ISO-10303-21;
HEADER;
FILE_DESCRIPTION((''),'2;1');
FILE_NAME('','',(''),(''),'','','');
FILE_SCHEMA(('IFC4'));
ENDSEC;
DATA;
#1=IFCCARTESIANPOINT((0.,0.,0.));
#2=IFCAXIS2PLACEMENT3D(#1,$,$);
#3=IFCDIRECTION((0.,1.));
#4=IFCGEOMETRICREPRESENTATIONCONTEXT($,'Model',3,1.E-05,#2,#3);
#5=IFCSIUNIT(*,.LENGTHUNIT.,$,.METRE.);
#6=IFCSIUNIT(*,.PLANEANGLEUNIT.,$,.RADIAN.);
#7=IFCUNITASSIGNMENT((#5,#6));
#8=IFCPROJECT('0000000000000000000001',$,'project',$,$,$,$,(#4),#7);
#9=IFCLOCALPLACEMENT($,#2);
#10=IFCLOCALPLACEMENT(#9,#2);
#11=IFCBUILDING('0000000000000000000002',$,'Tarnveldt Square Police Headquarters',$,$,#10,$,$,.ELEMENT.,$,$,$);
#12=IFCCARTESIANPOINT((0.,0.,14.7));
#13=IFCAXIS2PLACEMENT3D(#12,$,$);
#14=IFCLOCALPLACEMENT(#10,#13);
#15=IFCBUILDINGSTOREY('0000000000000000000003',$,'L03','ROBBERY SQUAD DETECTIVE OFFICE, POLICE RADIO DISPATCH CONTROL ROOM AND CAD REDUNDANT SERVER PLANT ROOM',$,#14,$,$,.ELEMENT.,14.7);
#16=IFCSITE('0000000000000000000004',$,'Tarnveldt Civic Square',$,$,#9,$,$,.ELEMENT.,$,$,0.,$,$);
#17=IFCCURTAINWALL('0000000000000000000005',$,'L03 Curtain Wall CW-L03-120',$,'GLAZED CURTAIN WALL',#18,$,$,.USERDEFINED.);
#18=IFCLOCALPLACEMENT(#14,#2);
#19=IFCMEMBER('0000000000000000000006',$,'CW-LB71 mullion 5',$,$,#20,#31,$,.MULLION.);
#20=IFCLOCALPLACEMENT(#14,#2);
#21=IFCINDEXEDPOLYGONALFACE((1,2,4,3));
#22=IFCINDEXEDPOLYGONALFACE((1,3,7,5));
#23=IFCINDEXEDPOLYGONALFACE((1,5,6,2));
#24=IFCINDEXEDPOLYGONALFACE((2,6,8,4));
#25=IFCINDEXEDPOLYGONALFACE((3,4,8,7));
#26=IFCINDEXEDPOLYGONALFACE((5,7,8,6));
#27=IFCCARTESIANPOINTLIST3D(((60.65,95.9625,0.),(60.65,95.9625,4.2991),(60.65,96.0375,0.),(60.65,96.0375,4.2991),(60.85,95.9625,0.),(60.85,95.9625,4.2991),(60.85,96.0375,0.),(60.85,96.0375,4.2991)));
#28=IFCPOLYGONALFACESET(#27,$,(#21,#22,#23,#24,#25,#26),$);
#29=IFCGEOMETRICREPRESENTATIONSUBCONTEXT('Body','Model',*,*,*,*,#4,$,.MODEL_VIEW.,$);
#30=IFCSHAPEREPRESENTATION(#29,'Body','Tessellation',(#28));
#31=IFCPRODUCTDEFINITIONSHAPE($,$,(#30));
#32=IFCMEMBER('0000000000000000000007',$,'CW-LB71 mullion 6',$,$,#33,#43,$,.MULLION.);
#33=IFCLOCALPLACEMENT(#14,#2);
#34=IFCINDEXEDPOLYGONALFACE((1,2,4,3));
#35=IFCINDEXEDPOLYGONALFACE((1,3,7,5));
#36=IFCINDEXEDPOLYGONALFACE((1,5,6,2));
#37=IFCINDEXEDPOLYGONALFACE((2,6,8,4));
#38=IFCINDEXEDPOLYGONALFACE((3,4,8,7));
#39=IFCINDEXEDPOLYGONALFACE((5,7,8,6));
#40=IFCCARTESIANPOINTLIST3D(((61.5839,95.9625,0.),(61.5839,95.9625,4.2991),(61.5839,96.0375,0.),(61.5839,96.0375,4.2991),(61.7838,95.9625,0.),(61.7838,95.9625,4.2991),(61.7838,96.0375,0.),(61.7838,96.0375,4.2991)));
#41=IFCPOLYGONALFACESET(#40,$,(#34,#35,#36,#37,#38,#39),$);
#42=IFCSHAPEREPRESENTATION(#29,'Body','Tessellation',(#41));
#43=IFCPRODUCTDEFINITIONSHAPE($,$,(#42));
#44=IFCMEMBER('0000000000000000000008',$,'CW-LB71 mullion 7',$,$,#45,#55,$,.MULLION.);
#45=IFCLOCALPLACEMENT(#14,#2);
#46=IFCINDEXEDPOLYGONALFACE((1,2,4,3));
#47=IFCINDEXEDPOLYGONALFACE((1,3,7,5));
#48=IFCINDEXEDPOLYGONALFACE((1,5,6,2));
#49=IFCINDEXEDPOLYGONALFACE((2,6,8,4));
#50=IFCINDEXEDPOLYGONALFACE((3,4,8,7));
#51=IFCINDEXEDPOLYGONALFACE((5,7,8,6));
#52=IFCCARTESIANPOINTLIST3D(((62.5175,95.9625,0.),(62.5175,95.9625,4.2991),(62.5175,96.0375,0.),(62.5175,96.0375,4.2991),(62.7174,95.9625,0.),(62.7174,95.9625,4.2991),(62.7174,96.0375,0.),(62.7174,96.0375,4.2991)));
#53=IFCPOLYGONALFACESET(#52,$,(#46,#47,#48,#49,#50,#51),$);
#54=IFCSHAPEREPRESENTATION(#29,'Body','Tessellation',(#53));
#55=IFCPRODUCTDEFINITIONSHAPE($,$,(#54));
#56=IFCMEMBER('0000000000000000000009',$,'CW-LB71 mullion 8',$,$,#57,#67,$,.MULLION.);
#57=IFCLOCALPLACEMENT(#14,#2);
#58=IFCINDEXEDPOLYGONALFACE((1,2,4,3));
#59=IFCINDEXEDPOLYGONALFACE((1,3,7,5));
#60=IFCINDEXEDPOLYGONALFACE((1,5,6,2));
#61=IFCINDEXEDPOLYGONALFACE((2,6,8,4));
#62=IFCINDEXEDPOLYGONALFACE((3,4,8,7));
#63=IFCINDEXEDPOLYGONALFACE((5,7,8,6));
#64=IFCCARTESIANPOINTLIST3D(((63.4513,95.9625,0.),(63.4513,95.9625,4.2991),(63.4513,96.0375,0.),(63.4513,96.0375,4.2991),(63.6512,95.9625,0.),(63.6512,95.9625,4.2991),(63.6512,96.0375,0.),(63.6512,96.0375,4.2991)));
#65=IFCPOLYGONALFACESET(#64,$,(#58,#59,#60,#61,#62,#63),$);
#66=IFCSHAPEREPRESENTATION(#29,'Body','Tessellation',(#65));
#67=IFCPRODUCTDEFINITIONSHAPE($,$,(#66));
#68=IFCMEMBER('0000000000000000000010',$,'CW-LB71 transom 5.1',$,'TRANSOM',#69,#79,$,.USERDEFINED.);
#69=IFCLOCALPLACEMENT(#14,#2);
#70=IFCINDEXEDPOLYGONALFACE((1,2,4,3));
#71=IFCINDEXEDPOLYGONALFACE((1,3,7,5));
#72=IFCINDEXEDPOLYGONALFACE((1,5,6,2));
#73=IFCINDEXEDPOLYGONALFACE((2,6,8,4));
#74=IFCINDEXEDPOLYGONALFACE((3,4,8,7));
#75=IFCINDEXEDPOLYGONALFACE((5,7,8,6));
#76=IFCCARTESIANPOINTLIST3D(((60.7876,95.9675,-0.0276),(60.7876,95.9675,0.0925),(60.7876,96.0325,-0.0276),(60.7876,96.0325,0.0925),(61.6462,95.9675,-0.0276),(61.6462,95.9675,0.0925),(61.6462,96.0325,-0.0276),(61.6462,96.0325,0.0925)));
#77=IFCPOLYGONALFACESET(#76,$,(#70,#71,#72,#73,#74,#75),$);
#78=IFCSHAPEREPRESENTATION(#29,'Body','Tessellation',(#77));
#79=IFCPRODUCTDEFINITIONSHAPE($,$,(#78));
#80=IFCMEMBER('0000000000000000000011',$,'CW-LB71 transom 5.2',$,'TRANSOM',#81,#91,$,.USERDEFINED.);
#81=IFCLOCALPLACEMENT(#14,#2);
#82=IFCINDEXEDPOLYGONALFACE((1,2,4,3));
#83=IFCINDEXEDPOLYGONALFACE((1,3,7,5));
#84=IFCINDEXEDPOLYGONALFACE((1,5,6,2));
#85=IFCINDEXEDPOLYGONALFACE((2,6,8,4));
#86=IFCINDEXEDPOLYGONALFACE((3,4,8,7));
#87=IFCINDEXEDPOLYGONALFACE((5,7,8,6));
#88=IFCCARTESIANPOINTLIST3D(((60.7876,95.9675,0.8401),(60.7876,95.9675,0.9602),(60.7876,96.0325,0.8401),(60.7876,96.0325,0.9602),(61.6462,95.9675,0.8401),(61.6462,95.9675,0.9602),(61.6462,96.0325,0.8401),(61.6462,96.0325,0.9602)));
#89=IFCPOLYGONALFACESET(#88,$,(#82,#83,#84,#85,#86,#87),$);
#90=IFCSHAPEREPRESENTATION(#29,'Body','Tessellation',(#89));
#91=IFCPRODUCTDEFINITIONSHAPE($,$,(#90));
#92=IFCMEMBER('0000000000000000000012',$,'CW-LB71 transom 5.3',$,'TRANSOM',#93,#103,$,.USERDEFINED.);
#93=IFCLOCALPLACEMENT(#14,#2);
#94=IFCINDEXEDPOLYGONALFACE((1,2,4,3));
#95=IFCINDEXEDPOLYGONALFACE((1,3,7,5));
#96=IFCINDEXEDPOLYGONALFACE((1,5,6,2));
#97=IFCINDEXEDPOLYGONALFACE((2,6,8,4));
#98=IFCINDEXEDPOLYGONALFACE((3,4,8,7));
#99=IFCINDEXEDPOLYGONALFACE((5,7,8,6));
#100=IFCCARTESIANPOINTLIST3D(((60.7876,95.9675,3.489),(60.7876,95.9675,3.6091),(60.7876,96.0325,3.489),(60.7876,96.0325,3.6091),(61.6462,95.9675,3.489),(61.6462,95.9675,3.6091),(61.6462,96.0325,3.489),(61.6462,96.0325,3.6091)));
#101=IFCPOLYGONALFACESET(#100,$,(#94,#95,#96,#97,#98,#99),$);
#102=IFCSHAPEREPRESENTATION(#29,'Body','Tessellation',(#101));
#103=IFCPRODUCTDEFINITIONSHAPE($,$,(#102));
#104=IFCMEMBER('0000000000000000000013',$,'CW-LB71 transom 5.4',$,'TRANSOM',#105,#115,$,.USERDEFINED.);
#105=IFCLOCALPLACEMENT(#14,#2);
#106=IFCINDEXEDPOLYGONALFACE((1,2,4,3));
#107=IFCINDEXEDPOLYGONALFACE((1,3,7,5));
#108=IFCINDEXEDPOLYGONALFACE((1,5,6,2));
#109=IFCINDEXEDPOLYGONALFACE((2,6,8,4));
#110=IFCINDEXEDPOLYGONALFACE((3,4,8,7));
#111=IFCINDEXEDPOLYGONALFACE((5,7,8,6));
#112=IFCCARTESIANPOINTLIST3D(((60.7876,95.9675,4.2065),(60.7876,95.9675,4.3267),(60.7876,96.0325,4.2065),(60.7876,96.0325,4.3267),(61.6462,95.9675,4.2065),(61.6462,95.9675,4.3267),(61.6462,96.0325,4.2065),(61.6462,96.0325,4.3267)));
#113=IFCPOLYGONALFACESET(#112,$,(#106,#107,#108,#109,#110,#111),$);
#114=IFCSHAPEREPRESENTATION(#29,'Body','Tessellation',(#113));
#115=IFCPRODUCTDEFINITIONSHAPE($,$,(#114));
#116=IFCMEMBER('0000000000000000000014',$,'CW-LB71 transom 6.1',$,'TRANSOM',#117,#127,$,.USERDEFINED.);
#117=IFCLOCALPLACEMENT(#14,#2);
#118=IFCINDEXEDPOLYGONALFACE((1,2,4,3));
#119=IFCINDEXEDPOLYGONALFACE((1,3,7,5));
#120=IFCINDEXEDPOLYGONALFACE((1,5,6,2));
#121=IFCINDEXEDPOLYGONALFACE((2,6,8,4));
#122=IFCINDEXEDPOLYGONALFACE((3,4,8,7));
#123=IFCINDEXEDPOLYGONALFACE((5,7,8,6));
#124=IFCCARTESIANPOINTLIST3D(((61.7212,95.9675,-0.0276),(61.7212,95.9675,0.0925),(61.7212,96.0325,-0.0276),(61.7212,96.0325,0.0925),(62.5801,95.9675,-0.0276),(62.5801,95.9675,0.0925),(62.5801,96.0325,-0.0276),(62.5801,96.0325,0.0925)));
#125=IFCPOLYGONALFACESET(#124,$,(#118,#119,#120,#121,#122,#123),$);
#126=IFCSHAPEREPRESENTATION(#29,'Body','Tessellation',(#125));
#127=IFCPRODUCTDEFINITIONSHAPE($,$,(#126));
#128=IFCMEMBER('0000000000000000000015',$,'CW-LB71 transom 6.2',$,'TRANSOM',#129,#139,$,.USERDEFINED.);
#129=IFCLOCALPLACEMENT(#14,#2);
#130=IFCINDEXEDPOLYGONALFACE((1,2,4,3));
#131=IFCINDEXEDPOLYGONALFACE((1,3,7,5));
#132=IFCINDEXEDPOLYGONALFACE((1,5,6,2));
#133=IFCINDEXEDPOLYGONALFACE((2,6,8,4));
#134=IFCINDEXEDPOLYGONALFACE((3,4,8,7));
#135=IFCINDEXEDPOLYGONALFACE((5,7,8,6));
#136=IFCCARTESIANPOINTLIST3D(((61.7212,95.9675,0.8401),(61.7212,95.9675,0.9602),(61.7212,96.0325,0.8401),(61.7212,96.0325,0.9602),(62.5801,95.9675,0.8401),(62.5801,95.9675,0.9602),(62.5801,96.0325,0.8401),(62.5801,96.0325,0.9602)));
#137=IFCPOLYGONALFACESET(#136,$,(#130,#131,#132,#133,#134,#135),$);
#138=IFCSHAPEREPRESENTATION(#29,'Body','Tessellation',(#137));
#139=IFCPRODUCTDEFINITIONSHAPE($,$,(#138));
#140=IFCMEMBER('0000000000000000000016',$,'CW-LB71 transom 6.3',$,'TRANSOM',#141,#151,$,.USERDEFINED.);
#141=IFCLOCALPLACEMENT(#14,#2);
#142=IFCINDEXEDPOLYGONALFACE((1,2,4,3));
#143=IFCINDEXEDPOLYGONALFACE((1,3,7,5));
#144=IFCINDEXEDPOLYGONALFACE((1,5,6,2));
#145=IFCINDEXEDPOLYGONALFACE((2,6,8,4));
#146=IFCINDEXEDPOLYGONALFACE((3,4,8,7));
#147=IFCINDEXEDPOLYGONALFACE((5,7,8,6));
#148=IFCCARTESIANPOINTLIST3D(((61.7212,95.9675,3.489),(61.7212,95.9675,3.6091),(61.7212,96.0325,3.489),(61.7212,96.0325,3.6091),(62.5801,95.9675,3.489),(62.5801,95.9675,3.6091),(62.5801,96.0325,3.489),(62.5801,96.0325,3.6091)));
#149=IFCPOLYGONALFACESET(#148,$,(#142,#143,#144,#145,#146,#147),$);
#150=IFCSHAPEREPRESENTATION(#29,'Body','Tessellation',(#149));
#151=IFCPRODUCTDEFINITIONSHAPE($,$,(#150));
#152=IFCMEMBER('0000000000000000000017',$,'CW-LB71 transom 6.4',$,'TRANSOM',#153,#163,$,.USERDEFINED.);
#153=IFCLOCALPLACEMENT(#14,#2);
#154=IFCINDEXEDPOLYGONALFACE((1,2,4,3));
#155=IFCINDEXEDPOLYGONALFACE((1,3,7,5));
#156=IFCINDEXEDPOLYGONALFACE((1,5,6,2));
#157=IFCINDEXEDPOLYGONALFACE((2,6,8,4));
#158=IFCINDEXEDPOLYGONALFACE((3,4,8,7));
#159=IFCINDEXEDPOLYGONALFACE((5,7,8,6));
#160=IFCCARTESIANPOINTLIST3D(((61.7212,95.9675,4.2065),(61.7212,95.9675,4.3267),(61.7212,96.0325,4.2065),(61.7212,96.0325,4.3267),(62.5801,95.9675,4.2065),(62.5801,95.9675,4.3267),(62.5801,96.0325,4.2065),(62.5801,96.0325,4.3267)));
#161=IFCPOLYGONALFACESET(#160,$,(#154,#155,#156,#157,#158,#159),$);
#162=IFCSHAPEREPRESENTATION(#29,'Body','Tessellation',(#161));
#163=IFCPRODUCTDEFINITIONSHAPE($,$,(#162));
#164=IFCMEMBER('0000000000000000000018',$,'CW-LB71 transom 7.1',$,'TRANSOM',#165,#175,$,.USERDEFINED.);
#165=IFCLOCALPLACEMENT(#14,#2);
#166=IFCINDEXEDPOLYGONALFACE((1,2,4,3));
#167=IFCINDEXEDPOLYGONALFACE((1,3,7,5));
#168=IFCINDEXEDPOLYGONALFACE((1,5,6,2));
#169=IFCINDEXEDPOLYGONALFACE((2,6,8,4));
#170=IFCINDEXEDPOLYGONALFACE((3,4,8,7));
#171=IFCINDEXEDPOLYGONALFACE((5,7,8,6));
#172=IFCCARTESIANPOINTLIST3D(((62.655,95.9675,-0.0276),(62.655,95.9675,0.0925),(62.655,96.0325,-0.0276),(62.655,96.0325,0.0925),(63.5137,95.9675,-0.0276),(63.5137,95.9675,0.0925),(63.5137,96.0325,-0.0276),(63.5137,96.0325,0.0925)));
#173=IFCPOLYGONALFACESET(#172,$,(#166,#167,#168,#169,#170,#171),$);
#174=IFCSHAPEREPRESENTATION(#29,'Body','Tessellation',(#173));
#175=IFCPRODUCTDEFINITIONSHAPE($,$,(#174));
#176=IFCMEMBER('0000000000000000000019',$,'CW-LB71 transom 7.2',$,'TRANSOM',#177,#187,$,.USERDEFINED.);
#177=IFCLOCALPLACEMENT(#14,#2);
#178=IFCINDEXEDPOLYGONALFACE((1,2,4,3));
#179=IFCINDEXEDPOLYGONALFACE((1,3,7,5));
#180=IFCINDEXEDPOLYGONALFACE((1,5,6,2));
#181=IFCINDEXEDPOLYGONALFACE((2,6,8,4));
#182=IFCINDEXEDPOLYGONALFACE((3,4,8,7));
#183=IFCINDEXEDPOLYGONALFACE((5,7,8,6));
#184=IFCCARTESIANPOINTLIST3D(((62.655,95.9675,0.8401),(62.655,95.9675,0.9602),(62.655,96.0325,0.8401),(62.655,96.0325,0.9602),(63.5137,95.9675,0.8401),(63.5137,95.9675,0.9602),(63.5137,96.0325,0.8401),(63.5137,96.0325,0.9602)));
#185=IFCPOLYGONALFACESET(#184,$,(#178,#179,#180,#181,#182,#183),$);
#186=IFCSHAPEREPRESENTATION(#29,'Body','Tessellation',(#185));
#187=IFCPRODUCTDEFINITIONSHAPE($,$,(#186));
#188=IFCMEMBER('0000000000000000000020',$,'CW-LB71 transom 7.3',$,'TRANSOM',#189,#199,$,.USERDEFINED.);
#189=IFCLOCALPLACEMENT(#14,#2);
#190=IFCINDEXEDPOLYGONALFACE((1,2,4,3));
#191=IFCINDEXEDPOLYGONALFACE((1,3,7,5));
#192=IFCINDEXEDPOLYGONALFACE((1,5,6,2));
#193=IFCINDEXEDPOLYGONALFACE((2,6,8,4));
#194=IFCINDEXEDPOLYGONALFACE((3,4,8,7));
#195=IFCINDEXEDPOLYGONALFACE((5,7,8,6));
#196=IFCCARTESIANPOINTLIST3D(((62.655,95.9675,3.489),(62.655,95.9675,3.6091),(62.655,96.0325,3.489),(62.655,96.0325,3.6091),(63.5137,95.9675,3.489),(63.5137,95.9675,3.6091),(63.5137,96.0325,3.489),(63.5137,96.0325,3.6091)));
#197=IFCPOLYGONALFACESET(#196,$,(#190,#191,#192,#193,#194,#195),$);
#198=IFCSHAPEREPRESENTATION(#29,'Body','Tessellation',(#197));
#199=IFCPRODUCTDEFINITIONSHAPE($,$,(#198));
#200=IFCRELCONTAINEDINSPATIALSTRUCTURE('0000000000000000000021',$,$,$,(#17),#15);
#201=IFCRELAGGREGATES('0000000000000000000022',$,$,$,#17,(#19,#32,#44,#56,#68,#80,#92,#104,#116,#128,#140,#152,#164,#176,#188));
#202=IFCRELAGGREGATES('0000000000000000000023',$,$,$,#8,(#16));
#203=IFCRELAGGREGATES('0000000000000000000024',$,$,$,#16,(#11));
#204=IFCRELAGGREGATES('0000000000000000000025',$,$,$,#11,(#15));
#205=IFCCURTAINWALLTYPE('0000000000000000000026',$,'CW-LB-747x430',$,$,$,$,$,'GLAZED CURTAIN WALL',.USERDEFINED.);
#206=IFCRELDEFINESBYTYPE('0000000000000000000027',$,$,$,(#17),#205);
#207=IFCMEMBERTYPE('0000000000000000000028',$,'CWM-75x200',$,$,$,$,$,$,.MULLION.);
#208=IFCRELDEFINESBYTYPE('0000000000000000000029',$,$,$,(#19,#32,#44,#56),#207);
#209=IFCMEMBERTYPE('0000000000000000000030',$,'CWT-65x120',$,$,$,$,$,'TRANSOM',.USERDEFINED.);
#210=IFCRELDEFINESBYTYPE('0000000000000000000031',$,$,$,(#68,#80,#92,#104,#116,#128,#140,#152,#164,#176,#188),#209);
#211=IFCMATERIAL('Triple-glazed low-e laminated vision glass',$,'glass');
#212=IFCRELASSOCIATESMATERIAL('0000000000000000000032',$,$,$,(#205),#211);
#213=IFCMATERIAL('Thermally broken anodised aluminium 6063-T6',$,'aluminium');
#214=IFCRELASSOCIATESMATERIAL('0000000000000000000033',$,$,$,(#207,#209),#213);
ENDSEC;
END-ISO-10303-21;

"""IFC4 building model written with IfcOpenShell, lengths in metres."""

from ifc_helpers import new_model, si_unit, direction, frame, origin, origin_2d, place, context, subcontext, project, spatial, rectangle, extrude, material, material_profile, profile_set, type_object, element, aggregate, save


model = new_model("IFC4")

# Units and contexts
model_context = context("Model", 3, precision=1e-05, world=origin(), true_north=direction((0.0, 1.0)))
body_context = subcontext(model_context, "Body", "Model", "MODEL_VIEW")
ifc_project = project(units=[si_unit("LENGTHUNIT", "METRE"), si_unit("PLANEANGLEUNIT", "RADIAN")], contexts=[model_context])

# Site, building, storey
site_placement = place(None, origin())
site = spatial("IfcSite", under=ifc_project, at=site_placement, Name="Tarnveldt Civic Square", CompositionType="ELEMENT", RefElevation=0.0)
building_placement = place(site_placement, origin())
building = spatial("IfcBuilding", under=site, at=building_placement, Name="Tarnveldt Square Police Headquarters", CompositionType="ELEMENT")
storey_placement = place(building_placement, frame((0.0, 0.0, 14.7)))
storey = spatial("IfcBuildingStorey", under=building, at=storey_placement, Name="L03", Description="ROBBERY SQUAD DETECTIVE OFFICE, POLICE RADIO DISPATCH CONTROL ROOM AND CAD REDUNDANT SERVER PLANT ROOM", CompositionType="ELEMENT", Elevation=14.7)

# Curtain wall, members
ifc_material_1 = material(Name="Triple-glazed low-e laminated vision glass", Category="glass")
curtain_wall_type = type_object("IfcCurtainWallType", Name="CW-LB-747x430", ElementType="GLAZED CURTAIN WALL", PredefinedType="USERDEFINED", material=ifc_material_1)
curtain_wall_placement = place(storey_placement, origin())
curtain_wall = element("IfcCurtainWall", 1, at=curtain_wall_placement, inside=storey, type_object=curtain_wall_type, Name="L03 Curtain Wall CW-L03-120", ObjectType="GLAZED CURTAIN WALL", PredefinedType="USERDEFINED")
ifc_material_2 = material(Name="Thermally broken anodised aluminium 6063-T6", Category="aluminium")
ifc_material_profile_1 = material_profile(ifc_material_2, rectangle(XDim=0.075, YDim=0.2, at=origin_2d()), Name="CW-M75x200")
ifc_profile_set_1 = profile_set([ifc_material_profile_1], Name="Thermally broken anodised aluminium 6063-T6")
member_type_1 = type_object("IfcMemberType", Name="CWM-75x200", PredefinedType="MULLION", material=ifc_profile_set_1)
member_1_placement = place(storey_placement, frame((60.75, 96.0, 0.0), z_axis=(0.0, 0.0, 1.0), x_axis=(0.0, 1.0, 0.0)))
member_1 = element("IfcMember", 2, at=member_1_placement, type_object=member_type_1, Name="CW-LB71 mullion 5", PredefinedType="MULLION", context=body_context, shape_type="SweptSolid", body=[
    extrude(rectangle(XDim=0.075, YDim=0.2, at=origin_2d()), origin(), (0.0, 0.0, 1.0), 4.2991),
])
member_2_placement = place(storey_placement, frame((61.6838, 96.0, 0.0), z_axis=(0.0, 0.0, 1.0), x_axis=(0.0, 1.0, 0.0)))
member_2 = element("IfcMember", 3, at=member_2_placement, type_object=member_type_1, Name="CW-LB71 mullion 6", PredefinedType="MULLION", context=body_context, shape_type="SweptSolid", body=[
    extrude(rectangle(XDim=0.075, YDim=0.2, at=origin_2d()), origin(), (0.0, 0.0, 1.0), 4.2991),
])
member_3_placement = place(storey_placement, frame((62.6174, 96.0, 0.0), z_axis=(0.0, 0.0, 1.0), x_axis=(0.0, 1.0, 0.0)))
member_3 = element("IfcMember", 4, at=member_3_placement, type_object=member_type_1, Name="CW-LB71 mullion 7", PredefinedType="MULLION", context=body_context, shape_type="SweptSolid", body=[
    extrude(rectangle(XDim=0.075, YDim=0.2, at=origin_2d()), origin(), (0.0, 0.0, 1.0), 4.2991),
])
member_4_placement = place(storey_placement, frame((63.5513, 96.0, 0.0), z_axis=(0.0, 0.0, 1.0), x_axis=(0.0, 1.0, 0.0)))
member_4 = element("IfcMember", 5, at=member_4_placement, type_object=member_type_1, Name="CW-LB71 mullion 8", PredefinedType="MULLION", context=body_context, shape_type="SweptSolid", body=[
    extrude(rectangle(XDim=0.075, YDim=0.2, at=origin_2d()), origin(), (0.0, 0.0, 1.0), 4.2991),
])
ifc_material_profile_2 = material_profile(ifc_material_2, rectangle(XDim=0.0649, YDim=0.1201, at=origin_2d()), Name="CW-T65x120")
ifc_profile_set_2 = profile_set([ifc_material_profile_2], Name="Thermally broken anodised aluminium 6063-T6")
member_type_2 = type_object("IfcMemberType", Name="CWT-65x120", ElementType="TRANSOM", PredefinedType="USERDEFINED", material=ifc_profile_set_2)
member_5_placement = place(storey_placement, frame((60.7876, 96.0, 0.0325), z_axis=(1.0, 0.0, 0.0), x_axis=(0.0, 1.0, 0.0)))
member_5 = element("IfcMember", 6, at=member_5_placement, type_object=member_type_2, Name="CW-LB71 transom 5.1", ObjectType="TRANSOM", PredefinedType="USERDEFINED", context=body_context, shape_type="SweptSolid", body=[
    extrude(rectangle(XDim=0.0649, YDim=0.1201, at=origin_2d()), origin(), (0.0, 0.0, 1.0), 0.8586),
])
member_6_placement = place(storey_placement, frame((60.7876, 96.0, 0.9001), z_axis=(1.0, 0.0, 0.0), x_axis=(0.0, 1.0, 0.0)))
member_6 = element("IfcMember", 7, at=member_6_placement, type_object=member_type_2, Name="CW-LB71 transom 5.2", ObjectType="TRANSOM", PredefinedType="USERDEFINED", context=body_context, shape_type="SweptSolid", body=[
    extrude(rectangle(XDim=0.0649, YDim=0.1201, at=origin_2d()), origin(), (0.0, 0.0, 1.0), 0.8586),
])
member_7_placement = place(storey_placement, frame((60.7876, 96.0, 3.5491), z_axis=(1.0, 0.0, 0.0), x_axis=(0.0, 1.0, 0.0)))
member_7 = element("IfcMember", 8, at=member_7_placement, type_object=member_type_2, Name="CW-LB71 transom 5.3", ObjectType="TRANSOM", PredefinedType="USERDEFINED", context=body_context, shape_type="SweptSolid", body=[
    extrude(rectangle(XDim=0.0649, YDim=0.1201, at=origin_2d()), origin(), (0.0, 0.0, 1.0), 0.8586),
])
member_8_placement = place(storey_placement, frame((60.7876, 96.0, 4.2666), z_axis=(1.0, 0.0, 0.0), x_axis=(0.0, 1.0, 0.0)))
member_8 = element("IfcMember", 9, at=member_8_placement, type_object=member_type_2, Name="CW-LB71 transom 5.4", ObjectType="TRANSOM", PredefinedType="USERDEFINED", context=body_context, shape_type="SweptSolid", body=[
    extrude(rectangle(XDim=0.0649, YDim=0.1201, at=origin_2d()), origin(), (0.0, 0.0, 1.0), 0.8586),
])
member_9_placement = place(storey_placement, frame((61.7212, 96.0, 0.0325), z_axis=(1.0, 0.0, 0.0), x_axis=(0.0, 1.0, 0.0)))
member_9 = element("IfcMember", 10, at=member_9_placement, type_object=member_type_2, Name="CW-LB71 transom 6.1", ObjectType="TRANSOM", PredefinedType="USERDEFINED", context=body_context, shape_type="SweptSolid", body=[
    extrude(rectangle(XDim=0.0649, YDim=0.1201, at=origin_2d()), origin(), (0.0, 0.0, 1.0), 0.8589),
])
member_10_placement = place(storey_placement, frame((61.7212, 96.0, 0.9001), z_axis=(1.0, 0.0, 0.0), x_axis=(0.0, 1.0, 0.0)))
member_10 = element("IfcMember", 11, at=member_10_placement, type_object=member_type_2, Name="CW-LB71 transom 6.2", ObjectType="TRANSOM", PredefinedType="USERDEFINED", context=body_context, shape_type="SweptSolid", body=[
    extrude(rectangle(XDim=0.0649, YDim=0.1201, at=origin_2d()), origin(), (0.0, 0.0, 1.0), 0.8589),
])
member_11_placement = place(storey_placement, frame((61.7212, 96.0, 3.5491), z_axis=(1.0, 0.0, 0.0), x_axis=(0.0, 1.0, 0.0)))
member_11 = element("IfcMember", 12, at=member_11_placement, type_object=member_type_2, Name="CW-LB71 transom 6.3", ObjectType="TRANSOM", PredefinedType="USERDEFINED", context=body_context, shape_type="SweptSolid", body=[
    extrude(rectangle(XDim=0.0649, YDim=0.1201, at=origin_2d()), origin(), (0.0, 0.0, 1.0), 0.8589),
])
member_12_placement = place(storey_placement, frame((61.7212, 96.0, 4.2666), z_axis=(1.0, 0.0, 0.0), x_axis=(0.0, 1.0, 0.0)))
member_12 = element("IfcMember", 13, at=member_12_placement, type_object=member_type_2, Name="CW-LB71 transom 6.4", ObjectType="TRANSOM", PredefinedType="USERDEFINED", context=body_context, shape_type="SweptSolid", body=[
    extrude(rectangle(XDim=0.0649, YDim=0.1201, at=origin_2d()), origin(), (0.0, 0.0, 1.0), 0.8589),
])
member_13_placement = place(storey_placement, frame((62.655, 96.0, 0.0325), z_axis=(1.0, 0.0, 0.0), x_axis=(0.0, 1.0, 0.0)))
member_13 = element("IfcMember", 14, at=member_13_placement, type_object=member_type_2, Name="CW-LB71 transom 7.1", ObjectType="TRANSOM", PredefinedType="USERDEFINED", context=body_context, shape_type="SweptSolid", body=[
    extrude(rectangle(XDim=0.0649, YDim=0.1201, at=origin_2d()), origin(), (0.0, 0.0, 1.0), 0.8586),
])
member_14_placement = place(storey_placement, frame((62.655, 96.0, 0.9001), z_axis=(1.0, 0.0, 0.0), x_axis=(0.0, 1.0, 0.0)))
member_14 = element("IfcMember", 15, at=member_14_placement, type_object=member_type_2, Name="CW-LB71 transom 7.2", ObjectType="TRANSOM", PredefinedType="USERDEFINED", context=body_context, shape_type="SweptSolid", body=[
    extrude(rectangle(XDim=0.0649, YDim=0.1201, at=origin_2d()), origin(), (0.0, 0.0, 1.0), 0.8586),
])
member_15_placement = place(storey_placement, frame((62.655, 96.0, 3.5491), z_axis=(1.0, 0.0, 0.0), x_axis=(0.0, 1.0, 0.0)))
member_15 = element("IfcMember", 16, at=member_15_placement, type_object=member_type_2, Name="CW-LB71 transom 7.3", ObjectType="TRANSOM", PredefinedType="USERDEFINED", context=body_context, shape_type="SweptSolid", body=[
    extrude(rectangle(XDim=0.0649, YDim=0.1201, at=origin_2d()), origin(), (0.0, 0.0, 1.0), 0.8586),
])
aggregate(curtain_wall, [member_1, member_2, member_3, member_4, member_5, member_6, member_7, member_8, member_9, member_10, member_11, member_12, member_13, member_14, member_15])

save(model, "model.ifc")
